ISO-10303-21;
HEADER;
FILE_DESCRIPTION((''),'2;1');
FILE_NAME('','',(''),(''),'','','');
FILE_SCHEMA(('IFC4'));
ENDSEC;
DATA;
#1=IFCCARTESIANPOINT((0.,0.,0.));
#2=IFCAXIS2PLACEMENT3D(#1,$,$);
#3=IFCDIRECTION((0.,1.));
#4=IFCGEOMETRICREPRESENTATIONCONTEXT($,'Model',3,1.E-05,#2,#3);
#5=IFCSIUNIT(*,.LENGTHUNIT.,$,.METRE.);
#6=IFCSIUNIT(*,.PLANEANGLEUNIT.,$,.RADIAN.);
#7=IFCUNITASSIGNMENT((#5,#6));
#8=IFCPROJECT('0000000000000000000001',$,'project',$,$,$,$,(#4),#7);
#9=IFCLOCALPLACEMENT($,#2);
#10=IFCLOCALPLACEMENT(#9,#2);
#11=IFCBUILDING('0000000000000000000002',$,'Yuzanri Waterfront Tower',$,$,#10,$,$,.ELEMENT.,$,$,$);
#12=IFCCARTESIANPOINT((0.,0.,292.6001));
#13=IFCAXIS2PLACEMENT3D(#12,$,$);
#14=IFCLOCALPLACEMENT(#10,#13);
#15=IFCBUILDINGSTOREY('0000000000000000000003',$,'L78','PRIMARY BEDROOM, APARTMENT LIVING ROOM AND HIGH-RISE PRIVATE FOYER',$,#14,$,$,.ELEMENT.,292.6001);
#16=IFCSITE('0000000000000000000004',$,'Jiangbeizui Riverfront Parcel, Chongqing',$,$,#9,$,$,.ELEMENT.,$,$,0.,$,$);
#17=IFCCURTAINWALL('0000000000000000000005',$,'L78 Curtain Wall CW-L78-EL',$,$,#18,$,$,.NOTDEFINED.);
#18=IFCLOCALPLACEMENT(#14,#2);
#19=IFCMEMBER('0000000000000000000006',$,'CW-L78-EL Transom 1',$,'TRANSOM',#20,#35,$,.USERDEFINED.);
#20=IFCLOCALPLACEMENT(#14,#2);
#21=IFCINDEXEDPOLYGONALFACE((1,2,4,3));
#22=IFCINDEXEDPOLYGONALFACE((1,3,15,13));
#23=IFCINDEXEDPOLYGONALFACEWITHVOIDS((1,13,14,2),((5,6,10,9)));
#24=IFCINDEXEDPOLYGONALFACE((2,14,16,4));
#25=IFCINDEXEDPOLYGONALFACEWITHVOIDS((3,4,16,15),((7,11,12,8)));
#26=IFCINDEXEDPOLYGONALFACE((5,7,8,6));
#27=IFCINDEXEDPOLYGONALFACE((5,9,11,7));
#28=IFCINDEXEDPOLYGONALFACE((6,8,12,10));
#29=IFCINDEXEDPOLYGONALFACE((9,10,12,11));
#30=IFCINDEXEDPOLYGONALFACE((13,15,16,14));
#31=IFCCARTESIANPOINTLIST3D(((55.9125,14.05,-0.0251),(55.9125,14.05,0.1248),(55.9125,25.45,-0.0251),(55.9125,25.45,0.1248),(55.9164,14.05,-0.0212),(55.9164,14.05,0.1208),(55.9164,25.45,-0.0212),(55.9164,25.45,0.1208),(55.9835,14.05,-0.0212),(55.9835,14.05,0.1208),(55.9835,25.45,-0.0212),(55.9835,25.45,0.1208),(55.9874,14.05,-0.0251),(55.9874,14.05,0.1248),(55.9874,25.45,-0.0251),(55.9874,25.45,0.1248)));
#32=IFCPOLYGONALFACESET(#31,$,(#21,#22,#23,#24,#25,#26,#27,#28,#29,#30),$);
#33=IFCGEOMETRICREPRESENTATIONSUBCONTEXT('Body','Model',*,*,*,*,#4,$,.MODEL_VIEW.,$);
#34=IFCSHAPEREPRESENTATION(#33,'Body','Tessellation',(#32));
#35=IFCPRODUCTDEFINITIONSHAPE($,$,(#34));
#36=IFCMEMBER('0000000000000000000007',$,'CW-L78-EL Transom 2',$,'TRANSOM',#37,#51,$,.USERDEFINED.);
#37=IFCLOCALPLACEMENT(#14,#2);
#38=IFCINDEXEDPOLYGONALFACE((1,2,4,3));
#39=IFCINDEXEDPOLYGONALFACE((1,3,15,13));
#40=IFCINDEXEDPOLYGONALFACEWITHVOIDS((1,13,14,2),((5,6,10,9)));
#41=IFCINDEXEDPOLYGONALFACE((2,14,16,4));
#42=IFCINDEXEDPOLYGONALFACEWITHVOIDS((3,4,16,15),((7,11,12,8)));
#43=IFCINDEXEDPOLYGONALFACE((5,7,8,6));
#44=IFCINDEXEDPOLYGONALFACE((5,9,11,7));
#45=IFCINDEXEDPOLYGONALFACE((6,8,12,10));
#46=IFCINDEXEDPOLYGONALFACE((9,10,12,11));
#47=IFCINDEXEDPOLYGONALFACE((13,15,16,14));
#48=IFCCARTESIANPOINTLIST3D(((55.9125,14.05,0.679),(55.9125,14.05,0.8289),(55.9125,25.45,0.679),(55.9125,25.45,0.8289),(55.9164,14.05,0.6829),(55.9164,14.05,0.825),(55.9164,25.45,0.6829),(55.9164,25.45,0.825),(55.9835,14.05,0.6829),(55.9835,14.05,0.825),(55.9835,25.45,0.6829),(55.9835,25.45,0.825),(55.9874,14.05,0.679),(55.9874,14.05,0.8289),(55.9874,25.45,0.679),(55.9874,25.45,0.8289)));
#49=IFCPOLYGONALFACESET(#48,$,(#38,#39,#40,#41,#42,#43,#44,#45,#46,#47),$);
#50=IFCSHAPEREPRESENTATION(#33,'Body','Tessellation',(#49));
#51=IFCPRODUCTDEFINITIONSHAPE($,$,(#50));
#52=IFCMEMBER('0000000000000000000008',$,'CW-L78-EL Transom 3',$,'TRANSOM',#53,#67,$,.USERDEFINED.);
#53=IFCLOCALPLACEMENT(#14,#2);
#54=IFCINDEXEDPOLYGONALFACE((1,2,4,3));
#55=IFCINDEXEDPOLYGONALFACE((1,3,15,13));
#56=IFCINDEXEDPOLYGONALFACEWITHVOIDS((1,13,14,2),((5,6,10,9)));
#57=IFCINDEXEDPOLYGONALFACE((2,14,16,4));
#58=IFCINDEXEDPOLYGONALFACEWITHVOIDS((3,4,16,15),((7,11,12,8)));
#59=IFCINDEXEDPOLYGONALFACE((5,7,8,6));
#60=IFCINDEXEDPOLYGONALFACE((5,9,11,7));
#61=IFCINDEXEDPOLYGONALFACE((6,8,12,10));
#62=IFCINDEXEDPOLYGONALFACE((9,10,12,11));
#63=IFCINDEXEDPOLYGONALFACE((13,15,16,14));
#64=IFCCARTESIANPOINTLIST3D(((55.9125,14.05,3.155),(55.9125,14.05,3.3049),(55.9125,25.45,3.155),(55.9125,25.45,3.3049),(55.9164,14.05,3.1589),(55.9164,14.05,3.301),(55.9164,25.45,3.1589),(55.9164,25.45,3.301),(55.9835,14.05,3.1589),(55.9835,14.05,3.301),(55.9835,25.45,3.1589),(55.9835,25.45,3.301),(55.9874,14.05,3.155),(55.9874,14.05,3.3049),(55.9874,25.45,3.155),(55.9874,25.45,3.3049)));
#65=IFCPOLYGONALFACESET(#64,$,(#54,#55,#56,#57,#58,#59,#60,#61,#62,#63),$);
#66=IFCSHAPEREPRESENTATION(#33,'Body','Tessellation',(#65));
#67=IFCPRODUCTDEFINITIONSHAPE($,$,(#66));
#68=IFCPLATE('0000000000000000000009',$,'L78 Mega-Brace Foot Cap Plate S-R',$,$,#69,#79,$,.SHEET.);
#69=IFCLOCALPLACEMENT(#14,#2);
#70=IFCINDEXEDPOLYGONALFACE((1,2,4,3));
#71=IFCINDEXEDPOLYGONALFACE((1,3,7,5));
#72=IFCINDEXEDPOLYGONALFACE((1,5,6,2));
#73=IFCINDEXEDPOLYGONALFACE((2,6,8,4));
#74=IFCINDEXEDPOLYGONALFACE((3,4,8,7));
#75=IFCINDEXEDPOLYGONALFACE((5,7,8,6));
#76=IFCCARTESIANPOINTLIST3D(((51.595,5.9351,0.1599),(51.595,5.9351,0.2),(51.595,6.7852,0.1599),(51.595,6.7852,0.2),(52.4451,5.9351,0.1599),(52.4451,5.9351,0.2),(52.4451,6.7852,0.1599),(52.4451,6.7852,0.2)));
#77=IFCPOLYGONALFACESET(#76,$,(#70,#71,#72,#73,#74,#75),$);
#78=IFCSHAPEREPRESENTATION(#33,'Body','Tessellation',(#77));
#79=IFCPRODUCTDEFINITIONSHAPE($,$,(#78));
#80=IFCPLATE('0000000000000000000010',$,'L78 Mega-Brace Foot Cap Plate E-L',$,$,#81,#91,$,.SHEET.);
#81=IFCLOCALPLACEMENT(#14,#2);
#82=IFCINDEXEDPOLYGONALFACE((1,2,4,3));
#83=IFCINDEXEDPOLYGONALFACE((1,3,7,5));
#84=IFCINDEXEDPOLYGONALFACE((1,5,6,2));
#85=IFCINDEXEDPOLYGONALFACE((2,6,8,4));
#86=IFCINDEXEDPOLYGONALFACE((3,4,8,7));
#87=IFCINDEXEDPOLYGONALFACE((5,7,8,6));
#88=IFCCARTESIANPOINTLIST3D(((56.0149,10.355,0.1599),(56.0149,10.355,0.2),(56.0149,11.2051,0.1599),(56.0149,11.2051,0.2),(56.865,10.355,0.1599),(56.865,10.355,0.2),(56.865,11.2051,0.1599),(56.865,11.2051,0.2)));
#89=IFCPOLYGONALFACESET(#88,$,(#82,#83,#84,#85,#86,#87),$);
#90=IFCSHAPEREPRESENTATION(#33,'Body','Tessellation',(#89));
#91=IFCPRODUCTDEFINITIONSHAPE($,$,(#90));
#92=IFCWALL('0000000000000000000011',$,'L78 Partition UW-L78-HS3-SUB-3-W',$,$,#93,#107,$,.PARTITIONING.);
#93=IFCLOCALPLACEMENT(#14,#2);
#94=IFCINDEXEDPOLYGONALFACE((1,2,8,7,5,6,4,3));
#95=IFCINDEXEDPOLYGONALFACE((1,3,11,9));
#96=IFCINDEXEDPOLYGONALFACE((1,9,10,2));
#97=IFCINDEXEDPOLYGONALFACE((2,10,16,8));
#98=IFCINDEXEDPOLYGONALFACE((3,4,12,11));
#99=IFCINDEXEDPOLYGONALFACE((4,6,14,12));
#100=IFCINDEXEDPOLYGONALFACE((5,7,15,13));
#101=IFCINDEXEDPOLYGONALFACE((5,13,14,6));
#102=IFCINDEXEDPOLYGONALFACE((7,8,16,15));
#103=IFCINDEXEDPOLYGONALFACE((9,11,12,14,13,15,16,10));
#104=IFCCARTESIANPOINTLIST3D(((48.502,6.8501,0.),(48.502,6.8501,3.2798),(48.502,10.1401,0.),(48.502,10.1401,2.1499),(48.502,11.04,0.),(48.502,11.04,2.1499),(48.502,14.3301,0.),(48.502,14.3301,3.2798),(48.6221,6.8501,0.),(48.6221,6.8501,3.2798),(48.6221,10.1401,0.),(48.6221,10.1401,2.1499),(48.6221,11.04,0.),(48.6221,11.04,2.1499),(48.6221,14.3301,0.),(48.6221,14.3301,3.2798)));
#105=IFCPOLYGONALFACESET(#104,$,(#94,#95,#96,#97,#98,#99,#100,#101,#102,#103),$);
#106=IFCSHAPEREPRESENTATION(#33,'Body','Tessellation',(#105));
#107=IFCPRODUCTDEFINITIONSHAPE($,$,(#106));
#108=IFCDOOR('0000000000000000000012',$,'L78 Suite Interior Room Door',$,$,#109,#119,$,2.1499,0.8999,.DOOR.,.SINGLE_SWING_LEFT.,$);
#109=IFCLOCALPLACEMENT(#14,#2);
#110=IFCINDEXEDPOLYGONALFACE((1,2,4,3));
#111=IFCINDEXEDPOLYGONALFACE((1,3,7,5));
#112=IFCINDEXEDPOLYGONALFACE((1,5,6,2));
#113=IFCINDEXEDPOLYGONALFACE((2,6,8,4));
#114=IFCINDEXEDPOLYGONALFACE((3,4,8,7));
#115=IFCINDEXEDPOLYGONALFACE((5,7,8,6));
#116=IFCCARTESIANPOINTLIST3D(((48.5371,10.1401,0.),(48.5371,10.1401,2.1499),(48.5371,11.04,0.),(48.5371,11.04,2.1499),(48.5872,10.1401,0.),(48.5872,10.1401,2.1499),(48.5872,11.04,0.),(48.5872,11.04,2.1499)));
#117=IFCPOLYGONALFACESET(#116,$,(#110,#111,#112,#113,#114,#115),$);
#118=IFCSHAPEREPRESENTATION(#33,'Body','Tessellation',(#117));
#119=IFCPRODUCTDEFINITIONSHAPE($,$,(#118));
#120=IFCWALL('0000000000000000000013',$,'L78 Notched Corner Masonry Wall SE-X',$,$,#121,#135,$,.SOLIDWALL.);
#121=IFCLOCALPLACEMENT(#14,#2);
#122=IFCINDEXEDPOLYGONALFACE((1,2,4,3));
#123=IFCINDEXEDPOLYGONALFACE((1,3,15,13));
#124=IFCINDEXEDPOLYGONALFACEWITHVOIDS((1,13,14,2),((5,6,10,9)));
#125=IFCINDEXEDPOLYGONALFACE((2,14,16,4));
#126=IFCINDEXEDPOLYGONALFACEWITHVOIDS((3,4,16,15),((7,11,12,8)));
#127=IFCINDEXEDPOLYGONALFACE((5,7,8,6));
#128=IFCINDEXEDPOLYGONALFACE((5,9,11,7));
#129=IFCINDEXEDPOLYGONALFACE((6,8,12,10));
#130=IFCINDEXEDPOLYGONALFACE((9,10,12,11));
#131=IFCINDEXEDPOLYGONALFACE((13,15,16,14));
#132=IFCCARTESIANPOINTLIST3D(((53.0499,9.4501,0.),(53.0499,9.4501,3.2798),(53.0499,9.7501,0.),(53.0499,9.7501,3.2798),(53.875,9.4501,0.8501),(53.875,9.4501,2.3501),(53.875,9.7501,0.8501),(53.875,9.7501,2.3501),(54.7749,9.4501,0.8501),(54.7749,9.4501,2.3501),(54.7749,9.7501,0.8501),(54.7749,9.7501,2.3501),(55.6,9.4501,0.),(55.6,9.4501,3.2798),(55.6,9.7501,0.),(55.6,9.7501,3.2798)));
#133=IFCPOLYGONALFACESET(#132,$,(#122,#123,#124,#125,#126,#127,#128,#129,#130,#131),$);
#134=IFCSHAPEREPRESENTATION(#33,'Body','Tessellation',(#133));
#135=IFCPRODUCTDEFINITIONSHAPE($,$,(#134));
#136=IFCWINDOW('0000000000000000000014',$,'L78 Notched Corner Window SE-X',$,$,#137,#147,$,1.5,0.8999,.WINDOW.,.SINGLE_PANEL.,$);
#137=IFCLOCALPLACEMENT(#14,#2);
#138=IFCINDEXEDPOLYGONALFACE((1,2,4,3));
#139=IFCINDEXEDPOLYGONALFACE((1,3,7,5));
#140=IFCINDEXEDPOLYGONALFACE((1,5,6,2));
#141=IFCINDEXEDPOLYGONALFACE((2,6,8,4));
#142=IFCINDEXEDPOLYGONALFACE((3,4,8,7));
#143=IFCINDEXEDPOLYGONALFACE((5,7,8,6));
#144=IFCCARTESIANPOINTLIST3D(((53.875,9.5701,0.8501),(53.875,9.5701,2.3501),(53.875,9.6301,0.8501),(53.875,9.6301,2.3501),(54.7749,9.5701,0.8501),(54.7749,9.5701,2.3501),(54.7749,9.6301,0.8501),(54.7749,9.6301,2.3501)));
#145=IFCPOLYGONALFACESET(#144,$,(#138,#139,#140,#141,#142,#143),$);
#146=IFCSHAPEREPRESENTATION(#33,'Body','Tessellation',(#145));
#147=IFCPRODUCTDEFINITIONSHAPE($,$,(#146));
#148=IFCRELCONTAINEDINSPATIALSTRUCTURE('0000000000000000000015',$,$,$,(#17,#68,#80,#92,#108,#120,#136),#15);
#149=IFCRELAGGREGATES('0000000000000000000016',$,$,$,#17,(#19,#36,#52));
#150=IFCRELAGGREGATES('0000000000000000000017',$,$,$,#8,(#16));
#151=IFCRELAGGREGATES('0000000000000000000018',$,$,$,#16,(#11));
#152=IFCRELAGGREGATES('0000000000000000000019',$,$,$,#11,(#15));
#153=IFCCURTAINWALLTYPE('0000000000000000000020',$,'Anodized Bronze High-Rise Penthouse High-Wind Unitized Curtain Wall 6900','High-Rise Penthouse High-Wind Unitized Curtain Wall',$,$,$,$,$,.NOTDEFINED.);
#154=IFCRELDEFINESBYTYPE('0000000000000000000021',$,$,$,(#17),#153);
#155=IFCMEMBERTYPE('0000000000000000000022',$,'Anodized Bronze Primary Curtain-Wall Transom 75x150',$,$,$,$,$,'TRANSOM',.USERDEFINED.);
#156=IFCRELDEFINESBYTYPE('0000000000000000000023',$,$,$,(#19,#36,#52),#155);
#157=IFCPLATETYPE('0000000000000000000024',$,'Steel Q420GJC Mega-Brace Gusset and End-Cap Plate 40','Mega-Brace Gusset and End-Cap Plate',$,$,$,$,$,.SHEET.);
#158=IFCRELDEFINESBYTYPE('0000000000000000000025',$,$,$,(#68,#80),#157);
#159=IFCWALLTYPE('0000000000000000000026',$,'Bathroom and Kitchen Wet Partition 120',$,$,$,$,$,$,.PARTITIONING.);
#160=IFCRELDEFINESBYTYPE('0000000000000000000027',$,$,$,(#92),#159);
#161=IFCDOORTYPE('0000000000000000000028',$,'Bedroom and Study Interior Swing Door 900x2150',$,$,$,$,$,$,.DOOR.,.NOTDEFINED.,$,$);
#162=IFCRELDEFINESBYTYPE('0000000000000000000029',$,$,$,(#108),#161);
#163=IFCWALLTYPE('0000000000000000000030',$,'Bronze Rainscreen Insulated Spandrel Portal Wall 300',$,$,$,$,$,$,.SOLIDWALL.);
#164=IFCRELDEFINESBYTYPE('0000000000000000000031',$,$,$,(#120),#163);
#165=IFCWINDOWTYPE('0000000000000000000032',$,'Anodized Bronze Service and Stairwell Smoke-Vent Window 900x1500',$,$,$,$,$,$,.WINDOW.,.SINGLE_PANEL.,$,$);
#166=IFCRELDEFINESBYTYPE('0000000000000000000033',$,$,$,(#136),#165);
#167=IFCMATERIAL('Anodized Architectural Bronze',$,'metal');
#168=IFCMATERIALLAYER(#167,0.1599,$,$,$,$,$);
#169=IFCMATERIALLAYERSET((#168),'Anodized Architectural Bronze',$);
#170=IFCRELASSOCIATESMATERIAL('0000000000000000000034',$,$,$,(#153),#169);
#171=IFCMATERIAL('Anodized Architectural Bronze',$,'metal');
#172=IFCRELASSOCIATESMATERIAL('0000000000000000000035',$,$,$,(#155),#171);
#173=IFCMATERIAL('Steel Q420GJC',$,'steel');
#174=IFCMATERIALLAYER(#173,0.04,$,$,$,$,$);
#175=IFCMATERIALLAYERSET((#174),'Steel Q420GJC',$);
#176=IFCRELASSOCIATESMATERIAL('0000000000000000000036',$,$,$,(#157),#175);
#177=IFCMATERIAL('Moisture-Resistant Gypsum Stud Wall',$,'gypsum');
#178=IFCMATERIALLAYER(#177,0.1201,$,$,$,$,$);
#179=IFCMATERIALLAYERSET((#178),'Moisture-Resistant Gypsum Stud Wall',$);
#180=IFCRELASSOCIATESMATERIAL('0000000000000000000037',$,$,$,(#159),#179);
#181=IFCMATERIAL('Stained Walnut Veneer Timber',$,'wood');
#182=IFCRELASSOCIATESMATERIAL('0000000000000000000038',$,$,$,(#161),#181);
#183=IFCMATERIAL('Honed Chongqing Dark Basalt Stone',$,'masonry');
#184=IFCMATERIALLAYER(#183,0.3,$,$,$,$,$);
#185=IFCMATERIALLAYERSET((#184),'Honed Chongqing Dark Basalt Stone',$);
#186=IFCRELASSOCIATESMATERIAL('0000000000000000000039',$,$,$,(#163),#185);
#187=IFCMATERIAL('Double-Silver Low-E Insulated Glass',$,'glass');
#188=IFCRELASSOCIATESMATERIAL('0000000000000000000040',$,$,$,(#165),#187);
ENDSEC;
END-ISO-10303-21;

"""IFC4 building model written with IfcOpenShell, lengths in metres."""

from ifc_helpers import new_model, si_unit, direction, frame, frame_2d, origin, origin_2d, place, context, subcontext, project, spatial, rectangle, hollow_rectangle, extrude, source, transform, mapped, material, layer, layer_set, material_profile, profile_set, type_object, element, fill, aggregate, save


model = new_model("IFC4")

# Units and contexts
model_context = context("Model", 3, precision=1e-05, world=origin(), true_north=direction((0.0, 1.0)))
body_context = subcontext(model_context, "Body", "Model", "MODEL_VIEW")
ifc_project = project(units=[si_unit("LENGTHUNIT", "METRE"), si_unit("PLANEANGLEUNIT", "RADIAN")], contexts=[model_context])

# Site, building, storey
site_placement = place(None, origin())
site = spatial("IfcSite", under=ifc_project, at=site_placement, Name="Jiangbeizui Riverfront Parcel, Chongqing", CompositionType="ELEMENT", RefElevation=0.0)
building_placement = place(site_placement, origin())
building = spatial("IfcBuilding", under=site, at=building_placement, Name="Yuzanri Waterfront Tower", CompositionType="ELEMENT")
storey_placement = place(building_placement, frame((0.0, 0.0, 292.6001)))
storey = spatial("IfcBuildingStorey", under=building, at=storey_placement, Name="L78", Description="PRIMARY BEDROOM, APARTMENT LIVING ROOM AND HIGH-RISE PRIVATE FOYER", CompositionType="ELEMENT", Elevation=292.6001)

# Curtain wall
ifc_material_1 = material(Name="Anodized Architectural Bronze", Category="metal")
ifc_layer_1 = layer(ifc_material_1, 0.1599)
ifc_layer_set_1 = layer_set([ifc_layer_1], Name="Anodized Architectural Bronze")
curtain_wall_type = type_object("IfcCurtainWallType", Name="Anodized Bronze High-Rise Penthouse High-Wind Unitized Curtain Wall 6900", Description="High-Rise Penthouse High-Wind Unitized Curtain Wall", PredefinedType="NOTDEFINED", material=ifc_layer_set_1)
curtain_wall_1_placement = place(storey_placement, origin())
curtain_wall_1 = element("IfcCurtainWall", 1, at=curtain_wall_1_placement, inside=storey, type_object=curtain_wall_type, Name="L78 Curtain Wall CW-L78-EL", PredefinedType="NOTDEFINED")

# Members
ifc_material_2 = material(Name="Anodized Architectural Bronze", Category="metal")
ifc_material_profile_1 = material_profile(ifc_material_2, hollow_rectangle(XDim=0.075, YDim=0.1499, WallThickness=0.0039, at=origin_2d()), Name="CWT 75x150")
ifc_profile_set_1 = profile_set([ifc_material_profile_1], Name="Anodized Architectural Bronze")
member_type_1 = type_object("IfcMemberType", Name="Anodized Bronze Primary Curtain-Wall Transom 75x150", ElementType="TRANSOM", PredefinedType="USERDEFINED", material=ifc_profile_set_1)
shared_shape_1 = source(origin(), body_context, "Body", "SweptSolid", [
    extrude(hollow_rectangle(XDim=0.075, YDim=0.1499, WallThickness=0.0039, at=origin_2d()), origin(), (0.0, 0.0, 1.0), 11.3999),
])
member_1_placement = place(storey_placement, frame((55.95, 14.05, 0.0498), z_axis=(0.0, 1.0, 0.0), x_axis=(-1.0, 0.0, 0.0)))
member_1 = element("IfcMember", 2, at=member_1_placement, type_object=member_type_1, Name="CW-L78-EL Transom 1", ObjectType="TRANSOM", PredefinedType="USERDEFINED", context=body_context, shape_type="MappedRepresentation", body=[
    mapped(shared_shape_1, transform((0.0, 0.0, 0.0), scale=1.0)),
])
member_2_placement = place(storey_placement, frame((55.95, 14.05, 0.7539), z_axis=(0.0, 1.0, 0.0), x_axis=(-1.0, 0.0, 0.0)))
member_2 = element("IfcMember", 3, at=member_2_placement, type_object=member_type_1, Name="CW-L78-EL Transom 2", ObjectType="TRANSOM", PredefinedType="USERDEFINED", context=body_context, shape_type="MappedRepresentation", body=[
    mapped(shared_shape_1, transform((0.0, 0.0, 0.0), scale=1.0)),
])
member_3_placement = place(storey_placement, frame((55.95, 14.05, 3.23), z_axis=(0.0, 1.0, 0.0), x_axis=(-1.0, 0.0, 0.0)))
member_3 = element("IfcMember", 4, at=member_3_placement, type_object=member_type_1, Name="CW-L78-EL Transom 3", ObjectType="TRANSOM", PredefinedType="USERDEFINED", context=body_context, shape_type="MappedRepresentation", body=[
    mapped(shared_shape_1, transform((0.0, 0.0, 0.0), scale=1.0)),
])
aggregate(curtain_wall_1, [member_1, member_2, member_3])

# Plates
ifc_material_3 = material(Name="Steel Q420GJC", Category="steel")
ifc_layer_2 = layer(ifc_material_3, 0.04)
ifc_layer_set_2 = layer_set([ifc_layer_2], Name="Steel Q420GJC")
plate_type = type_object("IfcPlateType", Name="Steel Q420GJC Mega-Brace Gusset and End-Cap Plate 40", Description="Mega-Brace Gusset and End-Cap Plate", PredefinedType="SHEET", material=ifc_layer_set_2)
shared_shape_2 = source(origin(), body_context, "Body", "SweptSolid", [
    extrude(rectangle(XDim=0.8501, YDim=0.8501, at=origin_2d()), origin(), (0.0, 0.0, 1.0), 0.04),
])
for number, where, z_axis, x_axis, name in (
    (5, (52.02, 6.3601, 0.1599), (0.0, 0.0, 1.0), (1.0, 0.0, 0.0), "L78 Mega-Brace Foot Cap Plate S-R"),
    (6, (56.4399, 10.78, 0.1599), (0.0, 0.0, 1.0), (1.0, 0.0, 0.0), "L78 Mega-Brace Foot Cap Plate E-L"),
):
    element("IfcPlate", number, at=place(storey_placement, frame(where, z_axis=z_axis, x_axis=x_axis)), inside=storey, type_object=plate_type, Name=name, PredefinedType="SHEET", context=body_context, shape_type="MappedRepresentation", body=[
        mapped(shared_shape_2, transform((0.0, 0.0, 0.0), scale=1.0)),
    ])

# Wall, opening, door
ifc_material_4 = material(Name="Moisture-Resistant Gypsum Stud Wall", Category="gypsum")
ifc_layer_3 = layer(ifc_material_4, 0.1201)
ifc_layer_set_3 = layer_set([ifc_layer_3], Name="Moisture-Resistant Gypsum Stud Wall")
wall_type_1 = type_object("IfcWallType", Name="Bathroom and Kitchen Wet Partition 120", PredefinedType="PARTITIONING", material=ifc_layer_set_3)
wall_1_placement = place(storey_placement, frame((48.562, 6.8501, 0.0), z_axis=(0.0, 0.0, 1.0), x_axis=(0.0, 1.0, 0.0)))
wall_1 = element("IfcWall", 7, at=wall_1_placement, inside=storey, type_object=wall_type_1, Name="L78 Partition UW-L78-HS3-SUB-3-W", PredefinedType="PARTITIONING", context=body_context, shape_type="SweptSolid", body=[
    extrude(rectangle(XDim=7.48, YDim=0.1201, at=frame_2d((3.74, 0.0))), origin(), (0.0, 0.0, 1.0), 3.2798),
])
opening_1_placement = place(wall_1_placement, frame((3.29, 0.0, 0.0)))
opening_1 = element("IfcOpeningElement", 8, at=opening_1_placement, cuts=wall_1, PredefinedType="OPENING", context=body_context, shape_type="SweptSolid", body=[
    extrude(rectangle(XDim=0.8999, YDim=2.1499, at=frame_2d((0.45, 1.075))), frame((0.0, 0.075, 0.0), z_axis=(0.0, -1.0, 0.0), x_axis=(1.0, 0.0, 0.0)), (0.0, 0.0, 1.0), 0.1499),
])
ifc_material_5 = material(Name="Stained Walnut Veneer Timber", Category="wood")
door_type = type_object("IfcDoorType", Name="Bedroom and Study Interior Swing Door 900x2150", OperationType="NOTDEFINED", PredefinedType="DOOR", material=ifc_material_5)
shared_shape_3 = source(origin(), body_context, "Body", "SweptSolid", [
    extrude(rectangle(XDim=0.8999, YDim=2.1499, at=frame_2d((0.45, 1.075))), frame((0.0, 0.0249, 0.0), z_axis=(0.0, -1.0, 0.0), x_axis=(1.0, 0.0, 0.0)), (0.0, 0.0, 1.0), 0.05),
])
door_placement = place(opening_1_placement, origin())
door = element("IfcDoor", 9, at=door_placement, inside=storey, type_object=door_type, Name="L78 Suite Interior Room Door", OperationType="SINGLE_SWING_LEFT", OverallHeight=2.1499, OverallWidth=0.8999, PredefinedType="DOOR", context=body_context, shape_type="MappedRepresentation", body=[
    mapped(shared_shape_3, transform((0.0, 0.0, 0.0), scale=1.0)),
])
fill(opening_1, door)

# Wall, opening, window
ifc_material_6 = material(Name="Honed Chongqing Dark Basalt Stone", Category="masonry")
ifc_layer_4 = layer(ifc_material_6, 0.3)
ifc_layer_set_4 = layer_set([ifc_layer_4], Name="Honed Chongqing Dark Basalt Stone")
wall_type_2 = type_object("IfcWallType", Name="Bronze Rainscreen Insulated Spandrel Portal Wall 300", PredefinedType="SOLIDWALL", material=ifc_layer_set_4)
wall_2_placement = place(storey_placement, frame((53.05, 9.6001, 0.0), z_axis=(0.0, 0.0, 1.0), x_axis=(1.0, 0.0, 0.0)))
wall_2 = element("IfcWall", 10, at=wall_2_placement, inside=storey, type_object=wall_type_2, Name="L78 Notched Corner Masonry Wall SE-X", PredefinedType="SOLIDWALL", context=body_context, shape_type="SweptSolid", body=[
    extrude(rectangle(XDim=2.55, YDim=0.3, at=frame_2d((1.2749, 0.0))), origin(), (0.0, 0.0, 1.0), 3.2798),
])
opening_2_placement = place(wall_2_placement, frame((0.825, 0.0, 0.8501)))
opening_2 = element("IfcOpeningElement", 11, at=opening_2_placement, cuts=wall_2, PredefinedType="OPENING", context=body_context, shape_type="SweptSolid", body=[
    extrude(rectangle(XDim=0.8999, YDim=1.5, at=frame_2d((0.45, 0.75))), frame((0.0, 0.165, 0.0), z_axis=(0.0, -1.0, 0.0), x_axis=(1.0, 0.0, 0.0)), (0.0, 0.0, 1.0), 0.3298),
])
ifc_material_7 = material(Name="Double-Silver Low-E Insulated Glass", Category="glass")
window_type_1 = type_object("IfcWindowType", Name="Anodized Bronze Service and Stairwell Smoke-Vent Window 900x1500", PartitioningType="SINGLE_PANEL", PredefinedType="WINDOW", material=ifc_material_7)
shared_shape_4 = source(origin(), body_context, "Body", "SweptSolid", [
    extrude(rectangle(XDim=0.8999, YDim=1.5, at=frame_2d((0.45, 0.75))), frame((0.0, 0.03, 0.0), z_axis=(0.0, -1.0, 0.0), x_axis=(1.0, 0.0, 0.0)), (0.0, 0.0, 1.0), 0.0601),
])
window_1_placement = place(opening_2_placement, origin())
window_1 = element("IfcWindow", 12, at=window_1_placement, inside=storey, type_object=window_type_1, Name="L78 Notched Corner Window SE-X", OverallHeight=1.5, OverallWidth=0.8999, PartitioningType="SINGLE_PANEL", PredefinedType="WINDOW", context=body_context, shape_type="MappedRepresentation", body=[
    mapped(shared_shape_4, transform((0.0, 0.0, 0.0), scale=1.0)),
])
fill(opening_2, window_1)

save(model, "model.ifc")
